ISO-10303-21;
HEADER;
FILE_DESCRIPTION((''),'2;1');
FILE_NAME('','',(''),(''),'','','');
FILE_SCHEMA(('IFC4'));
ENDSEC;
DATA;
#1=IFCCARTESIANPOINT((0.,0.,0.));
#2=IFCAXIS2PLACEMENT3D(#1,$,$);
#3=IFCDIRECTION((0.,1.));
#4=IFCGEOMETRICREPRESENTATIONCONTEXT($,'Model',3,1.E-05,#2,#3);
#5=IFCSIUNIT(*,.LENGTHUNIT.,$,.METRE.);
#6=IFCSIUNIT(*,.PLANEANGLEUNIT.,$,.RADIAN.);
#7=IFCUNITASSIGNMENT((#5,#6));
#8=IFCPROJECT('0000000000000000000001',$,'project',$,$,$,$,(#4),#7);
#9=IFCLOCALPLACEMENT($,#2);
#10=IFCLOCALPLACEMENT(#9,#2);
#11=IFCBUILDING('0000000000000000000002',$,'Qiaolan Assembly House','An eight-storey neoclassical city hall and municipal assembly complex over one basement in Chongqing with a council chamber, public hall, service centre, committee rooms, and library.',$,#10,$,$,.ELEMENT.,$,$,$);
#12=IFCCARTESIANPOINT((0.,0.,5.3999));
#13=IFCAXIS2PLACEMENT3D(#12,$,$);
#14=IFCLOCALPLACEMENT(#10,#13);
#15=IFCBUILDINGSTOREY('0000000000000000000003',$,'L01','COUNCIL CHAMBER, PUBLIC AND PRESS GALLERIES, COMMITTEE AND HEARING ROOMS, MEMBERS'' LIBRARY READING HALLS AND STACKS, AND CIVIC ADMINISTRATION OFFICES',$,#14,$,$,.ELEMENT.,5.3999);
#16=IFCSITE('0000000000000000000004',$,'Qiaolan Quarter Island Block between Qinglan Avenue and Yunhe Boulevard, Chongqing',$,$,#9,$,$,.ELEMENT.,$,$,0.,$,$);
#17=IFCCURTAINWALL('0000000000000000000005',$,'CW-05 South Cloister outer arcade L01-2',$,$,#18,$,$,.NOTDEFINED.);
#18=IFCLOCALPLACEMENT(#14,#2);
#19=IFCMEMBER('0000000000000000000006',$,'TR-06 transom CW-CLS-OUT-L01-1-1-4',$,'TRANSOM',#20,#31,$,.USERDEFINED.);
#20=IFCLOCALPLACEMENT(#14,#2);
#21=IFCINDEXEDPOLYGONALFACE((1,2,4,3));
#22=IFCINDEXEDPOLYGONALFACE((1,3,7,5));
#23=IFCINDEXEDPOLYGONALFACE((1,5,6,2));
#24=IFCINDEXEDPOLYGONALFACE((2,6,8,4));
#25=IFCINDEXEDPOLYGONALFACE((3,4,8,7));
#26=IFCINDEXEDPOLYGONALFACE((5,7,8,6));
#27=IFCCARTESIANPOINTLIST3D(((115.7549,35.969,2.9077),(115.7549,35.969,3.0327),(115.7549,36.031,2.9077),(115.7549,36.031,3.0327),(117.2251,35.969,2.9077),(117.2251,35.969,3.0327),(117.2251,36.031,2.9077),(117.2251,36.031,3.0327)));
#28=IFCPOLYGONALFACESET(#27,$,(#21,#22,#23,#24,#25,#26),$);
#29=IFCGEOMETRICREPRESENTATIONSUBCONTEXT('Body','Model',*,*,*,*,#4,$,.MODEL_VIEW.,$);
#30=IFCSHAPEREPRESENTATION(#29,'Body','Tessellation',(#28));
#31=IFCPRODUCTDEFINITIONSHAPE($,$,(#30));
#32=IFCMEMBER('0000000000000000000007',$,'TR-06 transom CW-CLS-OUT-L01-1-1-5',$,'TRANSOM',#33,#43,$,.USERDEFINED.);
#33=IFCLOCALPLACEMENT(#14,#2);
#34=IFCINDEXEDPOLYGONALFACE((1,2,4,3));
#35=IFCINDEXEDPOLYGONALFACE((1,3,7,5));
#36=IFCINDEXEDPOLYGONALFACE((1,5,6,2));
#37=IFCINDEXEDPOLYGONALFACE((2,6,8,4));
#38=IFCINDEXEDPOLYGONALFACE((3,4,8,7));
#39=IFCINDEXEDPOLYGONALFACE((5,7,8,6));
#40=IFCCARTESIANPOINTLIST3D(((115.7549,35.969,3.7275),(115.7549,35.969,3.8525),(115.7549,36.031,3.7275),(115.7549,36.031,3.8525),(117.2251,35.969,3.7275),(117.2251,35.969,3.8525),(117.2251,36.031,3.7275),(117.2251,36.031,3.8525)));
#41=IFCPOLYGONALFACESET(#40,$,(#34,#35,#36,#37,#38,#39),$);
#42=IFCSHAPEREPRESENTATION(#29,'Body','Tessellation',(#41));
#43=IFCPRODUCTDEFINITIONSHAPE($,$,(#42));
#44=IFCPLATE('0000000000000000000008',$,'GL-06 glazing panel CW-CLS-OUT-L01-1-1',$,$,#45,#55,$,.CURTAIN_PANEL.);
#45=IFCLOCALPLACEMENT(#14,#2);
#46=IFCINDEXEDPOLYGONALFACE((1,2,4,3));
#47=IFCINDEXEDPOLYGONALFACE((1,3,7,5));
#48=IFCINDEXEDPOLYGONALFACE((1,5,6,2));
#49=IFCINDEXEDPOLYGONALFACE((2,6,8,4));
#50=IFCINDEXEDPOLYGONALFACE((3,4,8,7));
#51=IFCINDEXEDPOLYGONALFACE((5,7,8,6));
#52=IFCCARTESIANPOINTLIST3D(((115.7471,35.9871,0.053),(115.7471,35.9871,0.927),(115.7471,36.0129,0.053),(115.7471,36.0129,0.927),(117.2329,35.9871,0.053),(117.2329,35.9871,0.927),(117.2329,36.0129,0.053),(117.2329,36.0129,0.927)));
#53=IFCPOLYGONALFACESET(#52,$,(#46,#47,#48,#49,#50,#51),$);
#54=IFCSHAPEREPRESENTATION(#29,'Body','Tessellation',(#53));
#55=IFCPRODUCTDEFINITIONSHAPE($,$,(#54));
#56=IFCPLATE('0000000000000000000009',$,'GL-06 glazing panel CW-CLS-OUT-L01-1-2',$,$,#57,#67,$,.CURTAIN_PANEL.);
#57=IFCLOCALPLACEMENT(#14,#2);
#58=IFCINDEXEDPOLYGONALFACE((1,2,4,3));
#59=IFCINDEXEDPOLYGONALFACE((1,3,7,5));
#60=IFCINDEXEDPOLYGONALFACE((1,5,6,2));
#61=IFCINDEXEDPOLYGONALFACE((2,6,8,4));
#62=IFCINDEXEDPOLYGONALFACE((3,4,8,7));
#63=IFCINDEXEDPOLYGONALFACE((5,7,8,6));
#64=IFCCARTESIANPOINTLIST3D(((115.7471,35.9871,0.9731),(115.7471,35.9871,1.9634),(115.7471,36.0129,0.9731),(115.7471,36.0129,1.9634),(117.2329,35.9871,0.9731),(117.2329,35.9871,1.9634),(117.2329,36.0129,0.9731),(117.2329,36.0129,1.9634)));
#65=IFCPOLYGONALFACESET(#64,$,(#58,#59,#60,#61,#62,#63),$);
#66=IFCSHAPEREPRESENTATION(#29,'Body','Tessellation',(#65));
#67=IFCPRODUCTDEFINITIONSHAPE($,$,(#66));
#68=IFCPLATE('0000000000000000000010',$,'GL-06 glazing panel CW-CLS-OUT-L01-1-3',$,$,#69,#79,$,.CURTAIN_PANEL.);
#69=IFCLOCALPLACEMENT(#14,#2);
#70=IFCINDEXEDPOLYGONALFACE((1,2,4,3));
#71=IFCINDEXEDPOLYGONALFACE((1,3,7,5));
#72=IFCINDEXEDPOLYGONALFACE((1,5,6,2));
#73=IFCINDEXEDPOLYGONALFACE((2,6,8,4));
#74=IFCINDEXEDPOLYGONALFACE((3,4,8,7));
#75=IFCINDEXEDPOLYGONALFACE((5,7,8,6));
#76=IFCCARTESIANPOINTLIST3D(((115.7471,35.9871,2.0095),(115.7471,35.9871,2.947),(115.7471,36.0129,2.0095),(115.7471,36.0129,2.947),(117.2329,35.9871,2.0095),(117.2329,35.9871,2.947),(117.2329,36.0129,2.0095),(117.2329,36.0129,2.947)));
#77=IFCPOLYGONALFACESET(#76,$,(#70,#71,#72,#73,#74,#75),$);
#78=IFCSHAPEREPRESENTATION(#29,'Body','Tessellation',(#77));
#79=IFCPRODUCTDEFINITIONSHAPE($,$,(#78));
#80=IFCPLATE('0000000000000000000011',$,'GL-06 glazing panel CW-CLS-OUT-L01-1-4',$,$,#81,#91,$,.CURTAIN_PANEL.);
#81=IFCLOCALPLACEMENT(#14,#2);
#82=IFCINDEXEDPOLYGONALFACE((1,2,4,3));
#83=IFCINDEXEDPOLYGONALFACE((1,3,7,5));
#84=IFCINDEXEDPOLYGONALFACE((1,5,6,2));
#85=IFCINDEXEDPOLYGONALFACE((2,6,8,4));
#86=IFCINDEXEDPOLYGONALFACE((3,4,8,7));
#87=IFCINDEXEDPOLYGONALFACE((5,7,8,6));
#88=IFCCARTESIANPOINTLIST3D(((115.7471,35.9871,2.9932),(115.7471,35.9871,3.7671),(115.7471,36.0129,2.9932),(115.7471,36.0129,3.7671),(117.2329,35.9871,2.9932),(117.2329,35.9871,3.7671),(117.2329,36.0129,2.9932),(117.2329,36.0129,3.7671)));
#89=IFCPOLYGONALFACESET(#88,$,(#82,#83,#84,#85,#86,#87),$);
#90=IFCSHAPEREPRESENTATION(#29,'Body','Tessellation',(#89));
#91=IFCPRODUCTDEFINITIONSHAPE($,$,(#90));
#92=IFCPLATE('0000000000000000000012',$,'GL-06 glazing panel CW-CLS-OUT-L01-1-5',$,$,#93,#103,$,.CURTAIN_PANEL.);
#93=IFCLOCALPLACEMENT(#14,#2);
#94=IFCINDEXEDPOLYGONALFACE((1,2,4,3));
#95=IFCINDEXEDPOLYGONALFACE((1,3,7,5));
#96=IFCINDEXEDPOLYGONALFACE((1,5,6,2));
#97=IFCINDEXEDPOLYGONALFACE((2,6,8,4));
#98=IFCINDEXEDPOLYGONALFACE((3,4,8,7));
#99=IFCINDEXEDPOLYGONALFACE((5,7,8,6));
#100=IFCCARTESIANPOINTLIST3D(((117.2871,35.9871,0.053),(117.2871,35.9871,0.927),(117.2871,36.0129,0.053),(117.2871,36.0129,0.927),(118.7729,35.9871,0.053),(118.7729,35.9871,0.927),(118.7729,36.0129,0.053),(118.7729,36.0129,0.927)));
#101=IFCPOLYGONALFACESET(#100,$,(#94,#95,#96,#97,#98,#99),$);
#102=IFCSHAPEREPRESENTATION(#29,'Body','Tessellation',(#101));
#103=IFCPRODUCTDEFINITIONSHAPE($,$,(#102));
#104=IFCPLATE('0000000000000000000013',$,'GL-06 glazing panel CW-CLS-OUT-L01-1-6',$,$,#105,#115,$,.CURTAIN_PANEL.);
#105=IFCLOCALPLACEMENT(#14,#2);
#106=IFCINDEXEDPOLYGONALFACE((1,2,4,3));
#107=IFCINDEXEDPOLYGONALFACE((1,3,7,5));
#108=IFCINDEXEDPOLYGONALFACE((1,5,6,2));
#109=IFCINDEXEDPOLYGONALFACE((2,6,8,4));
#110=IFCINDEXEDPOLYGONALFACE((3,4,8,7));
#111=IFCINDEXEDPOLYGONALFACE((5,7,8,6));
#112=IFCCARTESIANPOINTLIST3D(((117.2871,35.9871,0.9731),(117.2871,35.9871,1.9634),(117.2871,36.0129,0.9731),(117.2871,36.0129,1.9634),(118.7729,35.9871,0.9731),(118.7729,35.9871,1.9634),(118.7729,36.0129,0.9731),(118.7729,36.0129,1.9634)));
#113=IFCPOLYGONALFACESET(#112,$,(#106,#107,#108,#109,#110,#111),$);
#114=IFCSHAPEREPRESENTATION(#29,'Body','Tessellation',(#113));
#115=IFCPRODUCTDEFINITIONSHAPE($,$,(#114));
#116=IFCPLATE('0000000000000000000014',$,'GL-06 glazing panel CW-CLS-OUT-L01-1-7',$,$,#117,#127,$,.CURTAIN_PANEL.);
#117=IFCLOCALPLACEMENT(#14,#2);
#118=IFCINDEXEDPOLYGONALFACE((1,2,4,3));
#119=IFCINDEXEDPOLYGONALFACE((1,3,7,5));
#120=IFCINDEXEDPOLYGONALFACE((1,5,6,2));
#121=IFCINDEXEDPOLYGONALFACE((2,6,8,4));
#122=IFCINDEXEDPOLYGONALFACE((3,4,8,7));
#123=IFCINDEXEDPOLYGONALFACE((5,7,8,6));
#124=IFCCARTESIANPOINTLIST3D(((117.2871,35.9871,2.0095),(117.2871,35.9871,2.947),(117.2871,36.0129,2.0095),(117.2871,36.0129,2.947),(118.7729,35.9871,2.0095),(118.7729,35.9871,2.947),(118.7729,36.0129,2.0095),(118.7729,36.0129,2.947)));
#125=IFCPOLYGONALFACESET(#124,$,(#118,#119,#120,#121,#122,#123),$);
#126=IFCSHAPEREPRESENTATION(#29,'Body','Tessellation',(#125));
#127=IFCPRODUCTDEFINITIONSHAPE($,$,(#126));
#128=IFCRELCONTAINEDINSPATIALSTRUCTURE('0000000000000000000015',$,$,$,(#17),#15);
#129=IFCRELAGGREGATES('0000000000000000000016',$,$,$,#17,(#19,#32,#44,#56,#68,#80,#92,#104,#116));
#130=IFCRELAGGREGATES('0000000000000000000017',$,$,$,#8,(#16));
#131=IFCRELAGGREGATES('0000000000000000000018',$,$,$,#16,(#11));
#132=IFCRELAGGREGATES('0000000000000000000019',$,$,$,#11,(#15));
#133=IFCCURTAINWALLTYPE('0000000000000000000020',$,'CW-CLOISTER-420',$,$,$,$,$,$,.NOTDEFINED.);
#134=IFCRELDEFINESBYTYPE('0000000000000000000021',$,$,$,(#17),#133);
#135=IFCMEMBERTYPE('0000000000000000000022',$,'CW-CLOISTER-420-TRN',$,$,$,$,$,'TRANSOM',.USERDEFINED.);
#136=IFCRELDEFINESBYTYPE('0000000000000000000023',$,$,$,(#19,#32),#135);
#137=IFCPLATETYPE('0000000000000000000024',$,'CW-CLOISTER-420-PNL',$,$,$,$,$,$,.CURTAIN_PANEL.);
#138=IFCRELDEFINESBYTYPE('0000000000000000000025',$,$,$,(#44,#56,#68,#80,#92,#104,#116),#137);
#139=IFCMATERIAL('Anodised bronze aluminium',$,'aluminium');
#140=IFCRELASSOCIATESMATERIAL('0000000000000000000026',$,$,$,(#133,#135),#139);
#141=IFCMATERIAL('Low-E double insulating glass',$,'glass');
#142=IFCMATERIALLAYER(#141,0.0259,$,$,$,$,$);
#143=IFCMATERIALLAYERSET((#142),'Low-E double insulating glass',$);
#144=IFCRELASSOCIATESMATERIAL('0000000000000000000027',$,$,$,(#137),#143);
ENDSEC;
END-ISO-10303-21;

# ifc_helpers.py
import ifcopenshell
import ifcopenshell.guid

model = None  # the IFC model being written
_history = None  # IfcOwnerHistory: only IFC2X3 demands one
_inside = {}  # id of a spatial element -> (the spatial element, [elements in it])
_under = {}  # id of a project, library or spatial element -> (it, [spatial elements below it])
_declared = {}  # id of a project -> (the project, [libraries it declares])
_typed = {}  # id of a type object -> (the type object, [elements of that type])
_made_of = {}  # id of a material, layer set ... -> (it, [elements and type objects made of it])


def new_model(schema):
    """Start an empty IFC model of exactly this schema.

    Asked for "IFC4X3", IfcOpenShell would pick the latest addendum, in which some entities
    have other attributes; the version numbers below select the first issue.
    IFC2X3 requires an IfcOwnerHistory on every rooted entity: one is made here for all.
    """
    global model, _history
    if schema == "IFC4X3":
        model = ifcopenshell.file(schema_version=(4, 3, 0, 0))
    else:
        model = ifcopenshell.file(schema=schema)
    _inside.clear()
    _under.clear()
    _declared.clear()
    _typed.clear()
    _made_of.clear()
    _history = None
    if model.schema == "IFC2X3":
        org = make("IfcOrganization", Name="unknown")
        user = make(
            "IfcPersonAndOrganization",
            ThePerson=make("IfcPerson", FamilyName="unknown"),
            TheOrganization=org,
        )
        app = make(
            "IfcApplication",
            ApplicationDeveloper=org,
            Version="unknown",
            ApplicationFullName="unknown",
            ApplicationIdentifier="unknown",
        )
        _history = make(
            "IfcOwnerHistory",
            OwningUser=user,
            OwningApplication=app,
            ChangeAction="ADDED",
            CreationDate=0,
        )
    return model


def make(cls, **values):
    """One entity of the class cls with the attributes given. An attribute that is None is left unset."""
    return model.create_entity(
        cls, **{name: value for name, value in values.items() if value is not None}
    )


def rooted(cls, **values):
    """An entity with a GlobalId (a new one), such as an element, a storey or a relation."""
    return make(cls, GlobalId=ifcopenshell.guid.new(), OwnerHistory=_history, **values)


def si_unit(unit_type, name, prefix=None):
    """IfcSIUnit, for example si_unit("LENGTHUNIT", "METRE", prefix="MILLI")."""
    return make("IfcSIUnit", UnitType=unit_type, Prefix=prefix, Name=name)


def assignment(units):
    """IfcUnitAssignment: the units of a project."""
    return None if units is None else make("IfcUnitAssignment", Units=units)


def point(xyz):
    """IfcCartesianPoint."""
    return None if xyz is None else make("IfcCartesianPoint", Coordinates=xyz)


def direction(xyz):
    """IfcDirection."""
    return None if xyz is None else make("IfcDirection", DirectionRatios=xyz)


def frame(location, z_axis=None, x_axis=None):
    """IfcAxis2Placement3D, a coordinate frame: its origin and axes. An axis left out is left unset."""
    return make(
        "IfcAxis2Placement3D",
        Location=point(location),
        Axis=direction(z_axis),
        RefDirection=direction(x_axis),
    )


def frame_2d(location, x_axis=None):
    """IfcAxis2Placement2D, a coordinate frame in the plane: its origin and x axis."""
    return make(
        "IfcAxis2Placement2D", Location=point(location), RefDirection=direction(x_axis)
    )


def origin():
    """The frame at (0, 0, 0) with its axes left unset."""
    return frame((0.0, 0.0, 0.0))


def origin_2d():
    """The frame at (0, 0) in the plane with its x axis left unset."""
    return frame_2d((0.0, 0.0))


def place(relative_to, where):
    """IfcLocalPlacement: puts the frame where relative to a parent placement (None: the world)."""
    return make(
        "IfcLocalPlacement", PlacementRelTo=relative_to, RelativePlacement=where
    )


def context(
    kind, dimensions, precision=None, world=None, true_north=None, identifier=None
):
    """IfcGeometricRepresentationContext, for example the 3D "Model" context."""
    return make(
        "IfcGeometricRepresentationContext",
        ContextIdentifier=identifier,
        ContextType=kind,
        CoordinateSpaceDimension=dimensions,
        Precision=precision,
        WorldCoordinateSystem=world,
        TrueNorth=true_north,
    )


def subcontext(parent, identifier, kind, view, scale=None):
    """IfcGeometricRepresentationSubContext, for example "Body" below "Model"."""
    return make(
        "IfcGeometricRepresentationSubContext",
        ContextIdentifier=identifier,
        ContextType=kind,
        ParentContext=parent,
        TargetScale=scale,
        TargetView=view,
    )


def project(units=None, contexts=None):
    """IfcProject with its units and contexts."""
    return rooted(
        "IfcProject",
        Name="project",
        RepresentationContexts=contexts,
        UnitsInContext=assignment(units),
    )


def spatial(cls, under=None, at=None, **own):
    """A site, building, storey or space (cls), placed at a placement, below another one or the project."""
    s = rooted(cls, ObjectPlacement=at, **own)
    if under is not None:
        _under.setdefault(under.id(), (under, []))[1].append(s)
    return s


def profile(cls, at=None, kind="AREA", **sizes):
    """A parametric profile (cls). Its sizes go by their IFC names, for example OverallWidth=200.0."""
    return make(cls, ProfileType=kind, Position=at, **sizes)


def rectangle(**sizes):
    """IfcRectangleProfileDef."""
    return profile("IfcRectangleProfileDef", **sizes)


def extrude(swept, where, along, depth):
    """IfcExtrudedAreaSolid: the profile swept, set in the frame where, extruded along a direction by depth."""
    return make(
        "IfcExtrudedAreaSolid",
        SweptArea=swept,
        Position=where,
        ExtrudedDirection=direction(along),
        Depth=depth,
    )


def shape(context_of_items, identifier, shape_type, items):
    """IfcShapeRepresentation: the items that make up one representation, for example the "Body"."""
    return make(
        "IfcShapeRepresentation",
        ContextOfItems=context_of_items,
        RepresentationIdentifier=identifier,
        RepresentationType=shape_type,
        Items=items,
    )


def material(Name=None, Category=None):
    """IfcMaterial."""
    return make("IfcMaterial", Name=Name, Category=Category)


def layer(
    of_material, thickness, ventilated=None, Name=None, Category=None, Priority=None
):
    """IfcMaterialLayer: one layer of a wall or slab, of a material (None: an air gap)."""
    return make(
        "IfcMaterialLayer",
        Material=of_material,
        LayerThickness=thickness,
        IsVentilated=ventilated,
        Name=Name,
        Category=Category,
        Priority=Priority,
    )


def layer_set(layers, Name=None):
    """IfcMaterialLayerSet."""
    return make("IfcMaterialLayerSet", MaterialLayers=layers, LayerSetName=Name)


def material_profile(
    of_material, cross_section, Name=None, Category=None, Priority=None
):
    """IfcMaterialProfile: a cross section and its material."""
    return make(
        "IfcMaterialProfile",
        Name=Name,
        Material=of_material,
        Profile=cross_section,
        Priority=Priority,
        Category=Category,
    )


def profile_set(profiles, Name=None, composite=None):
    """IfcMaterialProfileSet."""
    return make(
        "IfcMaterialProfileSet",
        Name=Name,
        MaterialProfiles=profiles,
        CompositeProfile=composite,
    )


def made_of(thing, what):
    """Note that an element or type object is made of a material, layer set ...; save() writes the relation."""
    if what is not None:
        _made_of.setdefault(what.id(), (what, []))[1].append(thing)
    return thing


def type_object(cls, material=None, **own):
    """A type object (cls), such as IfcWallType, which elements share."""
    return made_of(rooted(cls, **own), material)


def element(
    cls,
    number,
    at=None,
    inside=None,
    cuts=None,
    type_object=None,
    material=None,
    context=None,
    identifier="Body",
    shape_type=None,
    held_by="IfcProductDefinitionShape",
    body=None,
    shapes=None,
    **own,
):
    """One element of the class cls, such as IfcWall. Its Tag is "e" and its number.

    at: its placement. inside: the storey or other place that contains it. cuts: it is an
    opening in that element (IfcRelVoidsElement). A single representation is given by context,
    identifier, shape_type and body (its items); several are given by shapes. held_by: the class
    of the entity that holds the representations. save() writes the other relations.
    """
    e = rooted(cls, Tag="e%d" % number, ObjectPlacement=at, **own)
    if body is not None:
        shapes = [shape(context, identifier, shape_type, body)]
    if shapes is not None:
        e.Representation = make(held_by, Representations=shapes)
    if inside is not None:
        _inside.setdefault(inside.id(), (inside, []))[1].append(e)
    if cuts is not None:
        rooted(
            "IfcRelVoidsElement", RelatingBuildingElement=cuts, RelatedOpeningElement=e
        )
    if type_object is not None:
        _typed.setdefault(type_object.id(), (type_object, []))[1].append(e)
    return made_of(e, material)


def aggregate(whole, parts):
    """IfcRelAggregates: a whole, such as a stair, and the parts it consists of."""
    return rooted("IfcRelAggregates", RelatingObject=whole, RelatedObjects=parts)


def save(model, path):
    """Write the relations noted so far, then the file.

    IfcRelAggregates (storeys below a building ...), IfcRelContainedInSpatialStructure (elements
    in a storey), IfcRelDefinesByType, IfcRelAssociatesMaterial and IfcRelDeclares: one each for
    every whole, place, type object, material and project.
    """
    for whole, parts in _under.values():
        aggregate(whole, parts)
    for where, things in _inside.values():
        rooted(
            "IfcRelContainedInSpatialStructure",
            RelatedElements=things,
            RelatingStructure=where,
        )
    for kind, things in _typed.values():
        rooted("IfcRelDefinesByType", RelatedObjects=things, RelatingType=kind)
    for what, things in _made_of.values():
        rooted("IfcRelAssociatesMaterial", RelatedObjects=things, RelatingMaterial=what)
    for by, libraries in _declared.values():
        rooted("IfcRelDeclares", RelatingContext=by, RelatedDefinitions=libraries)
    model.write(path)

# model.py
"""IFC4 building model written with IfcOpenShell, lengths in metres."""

from ifc_helpers import new_model, si_unit, direction, frame, frame_2d, origin, origin_2d, place, context, subcontext, project, spatial, rectangle, extrude, material, layer, layer_set, material_profile, profile_set, type_object, element, aggregate, save


model = new_model("IFC4")

# Units and contexts
model_context = context("Model", 3, precision=1e-05, world=origin(), true_north=direction((0.0, 1.0)))
body_context = subcontext(model_context, "Body", "Model", "MODEL_VIEW")
ifc_project = project(units=[si_unit("LENGTHUNIT", "METRE"), si_unit("PLANEANGLEUNIT", "RADIAN")], contexts=[model_context])

# Site, building, storey
site_placement = place(None, origin())
site = spatial("IfcSite", under=ifc_project, at=site_placement, Name="Qiaolan Quarter Island Block between Qinglan Avenue and Yunhe Boulevard, Chongqing", CompositionType="ELEMENT", RefElevation=0.0)
building_placement = place(site_placement, origin())
building = spatial("IfcBuilding", under=site, at=building_placement, Name="Qiaolan Assembly House", Description="An eight-storey neoclassical city hall and municipal assembly complex over one basement in Chongqing with a council chamber, public hall, service centre, committee rooms, and library.", CompositionType="ELEMENT")
storey_placement = place(building_placement, frame((0.0, 0.0, 5.3999)))
storey = spatial("IfcBuildingStorey", under=building, at=storey_placement, Name="L01", Description="COUNCIL CHAMBER, PUBLIC AND PRESS GALLERIES, COMMITTEE AND HEARING ROOMS, MEMBERS' LIBRARY READING HALLS AND STACKS, AND CIVIC ADMINISTRATION OFFICES", CompositionType="ELEMENT", Elevation=5.3999)

# Shared definitions
ifc_material_1 = material(Name="Anodised bronze aluminium", Category="aluminium")
curtain_wall_type = type_object("IfcCurtainWallType", Name="CW-CLOISTER-420", PredefinedType="NOTDEFINED", material=ifc_material_1)

# Curtain wall
curtain_wall_1_placement = place(storey_placement, origin())
curtain_wall_1 = element("IfcCurtainWall", 1, at=curtain_wall_1_placement, inside=storey, type_object=curtain_wall_type, Name="CW-05 South Cloister outer arcade L01-2", PredefinedType="NOTDEFINED")

# Members
ifc_material_profile_1 = material_profile(ifc_material_1, rectangle(XDim=0.062, YDim=0.125, at=origin_2d()), Name="TRN 62x125")
ifc_profile_set_1 = profile_set([ifc_material_profile_1], Name="Anodised bronze aluminium")
member_type_1 = type_object("IfcMemberType", Name="CW-CLOISTER-420-TRN", ElementType="TRANSOM", PredefinedType="USERDEFINED", material=ifc_profile_set_1)
member_1_placement = place(storey_placement, frame((115.7549, 36.0, 2.9702), z_axis=(1.0, 0.0, 0.0), x_axis=(0.0, 1.0, 0.0)))
member_1 = element("IfcMember", 2, at=member_1_placement, type_object=member_type_1, Name="TR-06 transom CW-CLS-OUT-L01-1-1-4", ObjectType="TRANSOM", PredefinedType="USERDEFINED", context=body_context, shape_type="SweptSolid", body=[
    extrude(rectangle(XDim=0.062, YDim=0.125, at=origin_2d()), origin(), (0.0, 0.0, 1.0), 1.4702),
])
member_2_placement = place(storey_placement, frame((115.7549, 36.0, 3.79), z_axis=(1.0, 0.0, 0.0), x_axis=(0.0, 1.0, 0.0)))
member_2 = element("IfcMember", 3, at=member_2_placement, type_object=member_type_1, Name="TR-06 transom CW-CLS-OUT-L01-1-1-5", ObjectType="TRANSOM", PredefinedType="USERDEFINED", context=body_context, shape_type="SweptSolid", body=[
    extrude(rectangle(XDim=0.062, YDim=0.125, at=origin_2d()), origin(), (0.0, 0.0, 1.0), 1.4702),
])

# Plates
ifc_material_2 = material(Name="Low-E double insulating glass", Category="glass")
ifc_layer = layer(ifc_material_2, 0.0259)
ifc_layer_set = layer_set([ifc_layer], Name="Low-E double insulating glass")
plate_type = type_object("IfcPlateType", Name="CW-CLOISTER-420-PNL", PredefinedType="CURTAIN_PANEL", material=ifc_layer_set)
plate_1_placement = place(storey_placement, frame((115.7471, 36.0, 0.053), z_axis=(0.0, 0.0, 1.0), x_axis=(1.0, 0.0, 0.0)))
plate_1 = element("IfcPlate", 4, at=plate_1_placement, type_object=plate_type, Name="GL-06 glazing panel CW-CLS-OUT-L01-1-1", PredefinedType="CURTAIN_PANEL", context=body_context, shape_type="SweptSolid", body=[
    extrude(rectangle(XDim=1.4858, YDim=0.0259, at=frame_2d((0.7429, 0.0))), origin(), (0.0, 0.0, 1.0), 0.874),
])
plate_2_placement = place(storey_placement, frame((115.7471, 36.0, 0.9731), z_axis=(0.0, 0.0, 1.0), x_axis=(1.0, 0.0, 0.0)))
plate_2 = element("IfcPlate", 5, at=plate_2_placement, type_object=plate_type, Name="GL-06 glazing panel CW-CLS-OUT-L01-1-2", PredefinedType="CURTAIN_PANEL", context=body_context, shape_type="SweptSolid", body=[
    extrude(rectangle(XDim=1.4858, YDim=0.0259, at=frame_2d((0.7429, 0.0))), origin(), (0.0, 0.0, 1.0), 0.9902),
])
plate_3_placement = place(storey_placement, frame((115.7471, 36.0, 2.0095), z_axis=(0.0, 0.0, 1.0), x_axis=(1.0, 0.0, 0.0)))
plate_3 = element("IfcPlate", 6, at=plate_3_placement, type_object=plate_type, Name="GL-06 glazing panel CW-CLS-OUT-L01-1-3", PredefinedType="CURTAIN_PANEL", context=body_context, shape_type="SweptSolid", body=[
    extrude(rectangle(XDim=1.4858, YDim=0.0259, at=frame_2d((0.7429, 0.0))), origin(), (0.0, 0.0, 1.0), 0.9375),
])
plate_4_placement = place(storey_placement, frame((115.7471, 36.0, 2.9932), z_axis=(0.0, 0.0, 1.0), x_axis=(1.0, 0.0, 0.0)))
plate_4 = element("IfcPlate", 7, at=plate_4_placement, type_object=plate_type, Name="GL-06 glazing panel CW-CLS-OUT-L01-1-4", PredefinedType="CURTAIN_PANEL", context=body_context, shape_type="SweptSolid", body=[
    extrude(rectangle(XDim=1.4858, YDim=0.0259, at=frame_2d((0.7429, 0.0))), origin(), (0.0, 0.0, 1.0), 0.7739),
])
plate_5_placement = place(storey_placement, frame((117.2871, 36.0, 0.053), z_axis=(0.0, 0.0, 1.0), x_axis=(1.0, 0.0, 0.0)))
plate_5 = element("IfcPlate", 8, at=plate_5_placement, type_object=plate_type, Name="GL-06 glazing panel CW-CLS-OUT-L01-1-5", PredefinedType="CURTAIN_PANEL", context=body_context, shape_type="SweptSolid", body=[
    extrude(rectangle(XDim=1.4858, YDim=0.0259, at=frame_2d((0.7429, 0.0))), origin(), (0.0, 0.0, 1.0), 0.874),
])
plate_6_placement = place(storey_placement, frame((117.2871, 36.0, 0.9731), z_axis=(0.0, 0.0, 1.0), x_axis=(1.0, 0.0, 0.0)))
plate_6 = element("IfcPlate", 9, at=plate_6_placement, type_object=plate_type, Name="GL-06 glazing panel CW-CLS-OUT-L01-1-6", PredefinedType="CURTAIN_PANEL", context=body_context, shape_type="SweptSolid", body=[
    extrude(rectangle(XDim=1.4858, YDim=0.0259, at=frame_2d((0.7429, 0.0))), origin(), (0.0, 0.0, 1.0), 0.9902),
])
plate_7_placement = place(storey_placement, frame((117.2871, 36.0, 2.0095), z_axis=(0.0, 0.0, 1.0), x_axis=(1.0, 0.0, 0.0)))
plate_7 = element("IfcPlate", 10, at=plate_7_placement, type_object=plate_type, Name="GL-06 glazing panel CW-CLS-OUT-L01-1-7", PredefinedType="CURTAIN_PANEL", context=body_context, shape_type="SweptSolid", body=[
    extrude(rectangle(XDim=1.4858, YDim=0.0259, at=frame_2d((0.7429, 0.0))), origin(), (0.0, 0.0, 1.0), 0.9375),
])
aggregate(curtain_wall_1, [member_1, member_2, plate_1, plate_2, plate_3, plate_4, plate_5, plate_6, plate_7])

save(model, "model.ifc")
